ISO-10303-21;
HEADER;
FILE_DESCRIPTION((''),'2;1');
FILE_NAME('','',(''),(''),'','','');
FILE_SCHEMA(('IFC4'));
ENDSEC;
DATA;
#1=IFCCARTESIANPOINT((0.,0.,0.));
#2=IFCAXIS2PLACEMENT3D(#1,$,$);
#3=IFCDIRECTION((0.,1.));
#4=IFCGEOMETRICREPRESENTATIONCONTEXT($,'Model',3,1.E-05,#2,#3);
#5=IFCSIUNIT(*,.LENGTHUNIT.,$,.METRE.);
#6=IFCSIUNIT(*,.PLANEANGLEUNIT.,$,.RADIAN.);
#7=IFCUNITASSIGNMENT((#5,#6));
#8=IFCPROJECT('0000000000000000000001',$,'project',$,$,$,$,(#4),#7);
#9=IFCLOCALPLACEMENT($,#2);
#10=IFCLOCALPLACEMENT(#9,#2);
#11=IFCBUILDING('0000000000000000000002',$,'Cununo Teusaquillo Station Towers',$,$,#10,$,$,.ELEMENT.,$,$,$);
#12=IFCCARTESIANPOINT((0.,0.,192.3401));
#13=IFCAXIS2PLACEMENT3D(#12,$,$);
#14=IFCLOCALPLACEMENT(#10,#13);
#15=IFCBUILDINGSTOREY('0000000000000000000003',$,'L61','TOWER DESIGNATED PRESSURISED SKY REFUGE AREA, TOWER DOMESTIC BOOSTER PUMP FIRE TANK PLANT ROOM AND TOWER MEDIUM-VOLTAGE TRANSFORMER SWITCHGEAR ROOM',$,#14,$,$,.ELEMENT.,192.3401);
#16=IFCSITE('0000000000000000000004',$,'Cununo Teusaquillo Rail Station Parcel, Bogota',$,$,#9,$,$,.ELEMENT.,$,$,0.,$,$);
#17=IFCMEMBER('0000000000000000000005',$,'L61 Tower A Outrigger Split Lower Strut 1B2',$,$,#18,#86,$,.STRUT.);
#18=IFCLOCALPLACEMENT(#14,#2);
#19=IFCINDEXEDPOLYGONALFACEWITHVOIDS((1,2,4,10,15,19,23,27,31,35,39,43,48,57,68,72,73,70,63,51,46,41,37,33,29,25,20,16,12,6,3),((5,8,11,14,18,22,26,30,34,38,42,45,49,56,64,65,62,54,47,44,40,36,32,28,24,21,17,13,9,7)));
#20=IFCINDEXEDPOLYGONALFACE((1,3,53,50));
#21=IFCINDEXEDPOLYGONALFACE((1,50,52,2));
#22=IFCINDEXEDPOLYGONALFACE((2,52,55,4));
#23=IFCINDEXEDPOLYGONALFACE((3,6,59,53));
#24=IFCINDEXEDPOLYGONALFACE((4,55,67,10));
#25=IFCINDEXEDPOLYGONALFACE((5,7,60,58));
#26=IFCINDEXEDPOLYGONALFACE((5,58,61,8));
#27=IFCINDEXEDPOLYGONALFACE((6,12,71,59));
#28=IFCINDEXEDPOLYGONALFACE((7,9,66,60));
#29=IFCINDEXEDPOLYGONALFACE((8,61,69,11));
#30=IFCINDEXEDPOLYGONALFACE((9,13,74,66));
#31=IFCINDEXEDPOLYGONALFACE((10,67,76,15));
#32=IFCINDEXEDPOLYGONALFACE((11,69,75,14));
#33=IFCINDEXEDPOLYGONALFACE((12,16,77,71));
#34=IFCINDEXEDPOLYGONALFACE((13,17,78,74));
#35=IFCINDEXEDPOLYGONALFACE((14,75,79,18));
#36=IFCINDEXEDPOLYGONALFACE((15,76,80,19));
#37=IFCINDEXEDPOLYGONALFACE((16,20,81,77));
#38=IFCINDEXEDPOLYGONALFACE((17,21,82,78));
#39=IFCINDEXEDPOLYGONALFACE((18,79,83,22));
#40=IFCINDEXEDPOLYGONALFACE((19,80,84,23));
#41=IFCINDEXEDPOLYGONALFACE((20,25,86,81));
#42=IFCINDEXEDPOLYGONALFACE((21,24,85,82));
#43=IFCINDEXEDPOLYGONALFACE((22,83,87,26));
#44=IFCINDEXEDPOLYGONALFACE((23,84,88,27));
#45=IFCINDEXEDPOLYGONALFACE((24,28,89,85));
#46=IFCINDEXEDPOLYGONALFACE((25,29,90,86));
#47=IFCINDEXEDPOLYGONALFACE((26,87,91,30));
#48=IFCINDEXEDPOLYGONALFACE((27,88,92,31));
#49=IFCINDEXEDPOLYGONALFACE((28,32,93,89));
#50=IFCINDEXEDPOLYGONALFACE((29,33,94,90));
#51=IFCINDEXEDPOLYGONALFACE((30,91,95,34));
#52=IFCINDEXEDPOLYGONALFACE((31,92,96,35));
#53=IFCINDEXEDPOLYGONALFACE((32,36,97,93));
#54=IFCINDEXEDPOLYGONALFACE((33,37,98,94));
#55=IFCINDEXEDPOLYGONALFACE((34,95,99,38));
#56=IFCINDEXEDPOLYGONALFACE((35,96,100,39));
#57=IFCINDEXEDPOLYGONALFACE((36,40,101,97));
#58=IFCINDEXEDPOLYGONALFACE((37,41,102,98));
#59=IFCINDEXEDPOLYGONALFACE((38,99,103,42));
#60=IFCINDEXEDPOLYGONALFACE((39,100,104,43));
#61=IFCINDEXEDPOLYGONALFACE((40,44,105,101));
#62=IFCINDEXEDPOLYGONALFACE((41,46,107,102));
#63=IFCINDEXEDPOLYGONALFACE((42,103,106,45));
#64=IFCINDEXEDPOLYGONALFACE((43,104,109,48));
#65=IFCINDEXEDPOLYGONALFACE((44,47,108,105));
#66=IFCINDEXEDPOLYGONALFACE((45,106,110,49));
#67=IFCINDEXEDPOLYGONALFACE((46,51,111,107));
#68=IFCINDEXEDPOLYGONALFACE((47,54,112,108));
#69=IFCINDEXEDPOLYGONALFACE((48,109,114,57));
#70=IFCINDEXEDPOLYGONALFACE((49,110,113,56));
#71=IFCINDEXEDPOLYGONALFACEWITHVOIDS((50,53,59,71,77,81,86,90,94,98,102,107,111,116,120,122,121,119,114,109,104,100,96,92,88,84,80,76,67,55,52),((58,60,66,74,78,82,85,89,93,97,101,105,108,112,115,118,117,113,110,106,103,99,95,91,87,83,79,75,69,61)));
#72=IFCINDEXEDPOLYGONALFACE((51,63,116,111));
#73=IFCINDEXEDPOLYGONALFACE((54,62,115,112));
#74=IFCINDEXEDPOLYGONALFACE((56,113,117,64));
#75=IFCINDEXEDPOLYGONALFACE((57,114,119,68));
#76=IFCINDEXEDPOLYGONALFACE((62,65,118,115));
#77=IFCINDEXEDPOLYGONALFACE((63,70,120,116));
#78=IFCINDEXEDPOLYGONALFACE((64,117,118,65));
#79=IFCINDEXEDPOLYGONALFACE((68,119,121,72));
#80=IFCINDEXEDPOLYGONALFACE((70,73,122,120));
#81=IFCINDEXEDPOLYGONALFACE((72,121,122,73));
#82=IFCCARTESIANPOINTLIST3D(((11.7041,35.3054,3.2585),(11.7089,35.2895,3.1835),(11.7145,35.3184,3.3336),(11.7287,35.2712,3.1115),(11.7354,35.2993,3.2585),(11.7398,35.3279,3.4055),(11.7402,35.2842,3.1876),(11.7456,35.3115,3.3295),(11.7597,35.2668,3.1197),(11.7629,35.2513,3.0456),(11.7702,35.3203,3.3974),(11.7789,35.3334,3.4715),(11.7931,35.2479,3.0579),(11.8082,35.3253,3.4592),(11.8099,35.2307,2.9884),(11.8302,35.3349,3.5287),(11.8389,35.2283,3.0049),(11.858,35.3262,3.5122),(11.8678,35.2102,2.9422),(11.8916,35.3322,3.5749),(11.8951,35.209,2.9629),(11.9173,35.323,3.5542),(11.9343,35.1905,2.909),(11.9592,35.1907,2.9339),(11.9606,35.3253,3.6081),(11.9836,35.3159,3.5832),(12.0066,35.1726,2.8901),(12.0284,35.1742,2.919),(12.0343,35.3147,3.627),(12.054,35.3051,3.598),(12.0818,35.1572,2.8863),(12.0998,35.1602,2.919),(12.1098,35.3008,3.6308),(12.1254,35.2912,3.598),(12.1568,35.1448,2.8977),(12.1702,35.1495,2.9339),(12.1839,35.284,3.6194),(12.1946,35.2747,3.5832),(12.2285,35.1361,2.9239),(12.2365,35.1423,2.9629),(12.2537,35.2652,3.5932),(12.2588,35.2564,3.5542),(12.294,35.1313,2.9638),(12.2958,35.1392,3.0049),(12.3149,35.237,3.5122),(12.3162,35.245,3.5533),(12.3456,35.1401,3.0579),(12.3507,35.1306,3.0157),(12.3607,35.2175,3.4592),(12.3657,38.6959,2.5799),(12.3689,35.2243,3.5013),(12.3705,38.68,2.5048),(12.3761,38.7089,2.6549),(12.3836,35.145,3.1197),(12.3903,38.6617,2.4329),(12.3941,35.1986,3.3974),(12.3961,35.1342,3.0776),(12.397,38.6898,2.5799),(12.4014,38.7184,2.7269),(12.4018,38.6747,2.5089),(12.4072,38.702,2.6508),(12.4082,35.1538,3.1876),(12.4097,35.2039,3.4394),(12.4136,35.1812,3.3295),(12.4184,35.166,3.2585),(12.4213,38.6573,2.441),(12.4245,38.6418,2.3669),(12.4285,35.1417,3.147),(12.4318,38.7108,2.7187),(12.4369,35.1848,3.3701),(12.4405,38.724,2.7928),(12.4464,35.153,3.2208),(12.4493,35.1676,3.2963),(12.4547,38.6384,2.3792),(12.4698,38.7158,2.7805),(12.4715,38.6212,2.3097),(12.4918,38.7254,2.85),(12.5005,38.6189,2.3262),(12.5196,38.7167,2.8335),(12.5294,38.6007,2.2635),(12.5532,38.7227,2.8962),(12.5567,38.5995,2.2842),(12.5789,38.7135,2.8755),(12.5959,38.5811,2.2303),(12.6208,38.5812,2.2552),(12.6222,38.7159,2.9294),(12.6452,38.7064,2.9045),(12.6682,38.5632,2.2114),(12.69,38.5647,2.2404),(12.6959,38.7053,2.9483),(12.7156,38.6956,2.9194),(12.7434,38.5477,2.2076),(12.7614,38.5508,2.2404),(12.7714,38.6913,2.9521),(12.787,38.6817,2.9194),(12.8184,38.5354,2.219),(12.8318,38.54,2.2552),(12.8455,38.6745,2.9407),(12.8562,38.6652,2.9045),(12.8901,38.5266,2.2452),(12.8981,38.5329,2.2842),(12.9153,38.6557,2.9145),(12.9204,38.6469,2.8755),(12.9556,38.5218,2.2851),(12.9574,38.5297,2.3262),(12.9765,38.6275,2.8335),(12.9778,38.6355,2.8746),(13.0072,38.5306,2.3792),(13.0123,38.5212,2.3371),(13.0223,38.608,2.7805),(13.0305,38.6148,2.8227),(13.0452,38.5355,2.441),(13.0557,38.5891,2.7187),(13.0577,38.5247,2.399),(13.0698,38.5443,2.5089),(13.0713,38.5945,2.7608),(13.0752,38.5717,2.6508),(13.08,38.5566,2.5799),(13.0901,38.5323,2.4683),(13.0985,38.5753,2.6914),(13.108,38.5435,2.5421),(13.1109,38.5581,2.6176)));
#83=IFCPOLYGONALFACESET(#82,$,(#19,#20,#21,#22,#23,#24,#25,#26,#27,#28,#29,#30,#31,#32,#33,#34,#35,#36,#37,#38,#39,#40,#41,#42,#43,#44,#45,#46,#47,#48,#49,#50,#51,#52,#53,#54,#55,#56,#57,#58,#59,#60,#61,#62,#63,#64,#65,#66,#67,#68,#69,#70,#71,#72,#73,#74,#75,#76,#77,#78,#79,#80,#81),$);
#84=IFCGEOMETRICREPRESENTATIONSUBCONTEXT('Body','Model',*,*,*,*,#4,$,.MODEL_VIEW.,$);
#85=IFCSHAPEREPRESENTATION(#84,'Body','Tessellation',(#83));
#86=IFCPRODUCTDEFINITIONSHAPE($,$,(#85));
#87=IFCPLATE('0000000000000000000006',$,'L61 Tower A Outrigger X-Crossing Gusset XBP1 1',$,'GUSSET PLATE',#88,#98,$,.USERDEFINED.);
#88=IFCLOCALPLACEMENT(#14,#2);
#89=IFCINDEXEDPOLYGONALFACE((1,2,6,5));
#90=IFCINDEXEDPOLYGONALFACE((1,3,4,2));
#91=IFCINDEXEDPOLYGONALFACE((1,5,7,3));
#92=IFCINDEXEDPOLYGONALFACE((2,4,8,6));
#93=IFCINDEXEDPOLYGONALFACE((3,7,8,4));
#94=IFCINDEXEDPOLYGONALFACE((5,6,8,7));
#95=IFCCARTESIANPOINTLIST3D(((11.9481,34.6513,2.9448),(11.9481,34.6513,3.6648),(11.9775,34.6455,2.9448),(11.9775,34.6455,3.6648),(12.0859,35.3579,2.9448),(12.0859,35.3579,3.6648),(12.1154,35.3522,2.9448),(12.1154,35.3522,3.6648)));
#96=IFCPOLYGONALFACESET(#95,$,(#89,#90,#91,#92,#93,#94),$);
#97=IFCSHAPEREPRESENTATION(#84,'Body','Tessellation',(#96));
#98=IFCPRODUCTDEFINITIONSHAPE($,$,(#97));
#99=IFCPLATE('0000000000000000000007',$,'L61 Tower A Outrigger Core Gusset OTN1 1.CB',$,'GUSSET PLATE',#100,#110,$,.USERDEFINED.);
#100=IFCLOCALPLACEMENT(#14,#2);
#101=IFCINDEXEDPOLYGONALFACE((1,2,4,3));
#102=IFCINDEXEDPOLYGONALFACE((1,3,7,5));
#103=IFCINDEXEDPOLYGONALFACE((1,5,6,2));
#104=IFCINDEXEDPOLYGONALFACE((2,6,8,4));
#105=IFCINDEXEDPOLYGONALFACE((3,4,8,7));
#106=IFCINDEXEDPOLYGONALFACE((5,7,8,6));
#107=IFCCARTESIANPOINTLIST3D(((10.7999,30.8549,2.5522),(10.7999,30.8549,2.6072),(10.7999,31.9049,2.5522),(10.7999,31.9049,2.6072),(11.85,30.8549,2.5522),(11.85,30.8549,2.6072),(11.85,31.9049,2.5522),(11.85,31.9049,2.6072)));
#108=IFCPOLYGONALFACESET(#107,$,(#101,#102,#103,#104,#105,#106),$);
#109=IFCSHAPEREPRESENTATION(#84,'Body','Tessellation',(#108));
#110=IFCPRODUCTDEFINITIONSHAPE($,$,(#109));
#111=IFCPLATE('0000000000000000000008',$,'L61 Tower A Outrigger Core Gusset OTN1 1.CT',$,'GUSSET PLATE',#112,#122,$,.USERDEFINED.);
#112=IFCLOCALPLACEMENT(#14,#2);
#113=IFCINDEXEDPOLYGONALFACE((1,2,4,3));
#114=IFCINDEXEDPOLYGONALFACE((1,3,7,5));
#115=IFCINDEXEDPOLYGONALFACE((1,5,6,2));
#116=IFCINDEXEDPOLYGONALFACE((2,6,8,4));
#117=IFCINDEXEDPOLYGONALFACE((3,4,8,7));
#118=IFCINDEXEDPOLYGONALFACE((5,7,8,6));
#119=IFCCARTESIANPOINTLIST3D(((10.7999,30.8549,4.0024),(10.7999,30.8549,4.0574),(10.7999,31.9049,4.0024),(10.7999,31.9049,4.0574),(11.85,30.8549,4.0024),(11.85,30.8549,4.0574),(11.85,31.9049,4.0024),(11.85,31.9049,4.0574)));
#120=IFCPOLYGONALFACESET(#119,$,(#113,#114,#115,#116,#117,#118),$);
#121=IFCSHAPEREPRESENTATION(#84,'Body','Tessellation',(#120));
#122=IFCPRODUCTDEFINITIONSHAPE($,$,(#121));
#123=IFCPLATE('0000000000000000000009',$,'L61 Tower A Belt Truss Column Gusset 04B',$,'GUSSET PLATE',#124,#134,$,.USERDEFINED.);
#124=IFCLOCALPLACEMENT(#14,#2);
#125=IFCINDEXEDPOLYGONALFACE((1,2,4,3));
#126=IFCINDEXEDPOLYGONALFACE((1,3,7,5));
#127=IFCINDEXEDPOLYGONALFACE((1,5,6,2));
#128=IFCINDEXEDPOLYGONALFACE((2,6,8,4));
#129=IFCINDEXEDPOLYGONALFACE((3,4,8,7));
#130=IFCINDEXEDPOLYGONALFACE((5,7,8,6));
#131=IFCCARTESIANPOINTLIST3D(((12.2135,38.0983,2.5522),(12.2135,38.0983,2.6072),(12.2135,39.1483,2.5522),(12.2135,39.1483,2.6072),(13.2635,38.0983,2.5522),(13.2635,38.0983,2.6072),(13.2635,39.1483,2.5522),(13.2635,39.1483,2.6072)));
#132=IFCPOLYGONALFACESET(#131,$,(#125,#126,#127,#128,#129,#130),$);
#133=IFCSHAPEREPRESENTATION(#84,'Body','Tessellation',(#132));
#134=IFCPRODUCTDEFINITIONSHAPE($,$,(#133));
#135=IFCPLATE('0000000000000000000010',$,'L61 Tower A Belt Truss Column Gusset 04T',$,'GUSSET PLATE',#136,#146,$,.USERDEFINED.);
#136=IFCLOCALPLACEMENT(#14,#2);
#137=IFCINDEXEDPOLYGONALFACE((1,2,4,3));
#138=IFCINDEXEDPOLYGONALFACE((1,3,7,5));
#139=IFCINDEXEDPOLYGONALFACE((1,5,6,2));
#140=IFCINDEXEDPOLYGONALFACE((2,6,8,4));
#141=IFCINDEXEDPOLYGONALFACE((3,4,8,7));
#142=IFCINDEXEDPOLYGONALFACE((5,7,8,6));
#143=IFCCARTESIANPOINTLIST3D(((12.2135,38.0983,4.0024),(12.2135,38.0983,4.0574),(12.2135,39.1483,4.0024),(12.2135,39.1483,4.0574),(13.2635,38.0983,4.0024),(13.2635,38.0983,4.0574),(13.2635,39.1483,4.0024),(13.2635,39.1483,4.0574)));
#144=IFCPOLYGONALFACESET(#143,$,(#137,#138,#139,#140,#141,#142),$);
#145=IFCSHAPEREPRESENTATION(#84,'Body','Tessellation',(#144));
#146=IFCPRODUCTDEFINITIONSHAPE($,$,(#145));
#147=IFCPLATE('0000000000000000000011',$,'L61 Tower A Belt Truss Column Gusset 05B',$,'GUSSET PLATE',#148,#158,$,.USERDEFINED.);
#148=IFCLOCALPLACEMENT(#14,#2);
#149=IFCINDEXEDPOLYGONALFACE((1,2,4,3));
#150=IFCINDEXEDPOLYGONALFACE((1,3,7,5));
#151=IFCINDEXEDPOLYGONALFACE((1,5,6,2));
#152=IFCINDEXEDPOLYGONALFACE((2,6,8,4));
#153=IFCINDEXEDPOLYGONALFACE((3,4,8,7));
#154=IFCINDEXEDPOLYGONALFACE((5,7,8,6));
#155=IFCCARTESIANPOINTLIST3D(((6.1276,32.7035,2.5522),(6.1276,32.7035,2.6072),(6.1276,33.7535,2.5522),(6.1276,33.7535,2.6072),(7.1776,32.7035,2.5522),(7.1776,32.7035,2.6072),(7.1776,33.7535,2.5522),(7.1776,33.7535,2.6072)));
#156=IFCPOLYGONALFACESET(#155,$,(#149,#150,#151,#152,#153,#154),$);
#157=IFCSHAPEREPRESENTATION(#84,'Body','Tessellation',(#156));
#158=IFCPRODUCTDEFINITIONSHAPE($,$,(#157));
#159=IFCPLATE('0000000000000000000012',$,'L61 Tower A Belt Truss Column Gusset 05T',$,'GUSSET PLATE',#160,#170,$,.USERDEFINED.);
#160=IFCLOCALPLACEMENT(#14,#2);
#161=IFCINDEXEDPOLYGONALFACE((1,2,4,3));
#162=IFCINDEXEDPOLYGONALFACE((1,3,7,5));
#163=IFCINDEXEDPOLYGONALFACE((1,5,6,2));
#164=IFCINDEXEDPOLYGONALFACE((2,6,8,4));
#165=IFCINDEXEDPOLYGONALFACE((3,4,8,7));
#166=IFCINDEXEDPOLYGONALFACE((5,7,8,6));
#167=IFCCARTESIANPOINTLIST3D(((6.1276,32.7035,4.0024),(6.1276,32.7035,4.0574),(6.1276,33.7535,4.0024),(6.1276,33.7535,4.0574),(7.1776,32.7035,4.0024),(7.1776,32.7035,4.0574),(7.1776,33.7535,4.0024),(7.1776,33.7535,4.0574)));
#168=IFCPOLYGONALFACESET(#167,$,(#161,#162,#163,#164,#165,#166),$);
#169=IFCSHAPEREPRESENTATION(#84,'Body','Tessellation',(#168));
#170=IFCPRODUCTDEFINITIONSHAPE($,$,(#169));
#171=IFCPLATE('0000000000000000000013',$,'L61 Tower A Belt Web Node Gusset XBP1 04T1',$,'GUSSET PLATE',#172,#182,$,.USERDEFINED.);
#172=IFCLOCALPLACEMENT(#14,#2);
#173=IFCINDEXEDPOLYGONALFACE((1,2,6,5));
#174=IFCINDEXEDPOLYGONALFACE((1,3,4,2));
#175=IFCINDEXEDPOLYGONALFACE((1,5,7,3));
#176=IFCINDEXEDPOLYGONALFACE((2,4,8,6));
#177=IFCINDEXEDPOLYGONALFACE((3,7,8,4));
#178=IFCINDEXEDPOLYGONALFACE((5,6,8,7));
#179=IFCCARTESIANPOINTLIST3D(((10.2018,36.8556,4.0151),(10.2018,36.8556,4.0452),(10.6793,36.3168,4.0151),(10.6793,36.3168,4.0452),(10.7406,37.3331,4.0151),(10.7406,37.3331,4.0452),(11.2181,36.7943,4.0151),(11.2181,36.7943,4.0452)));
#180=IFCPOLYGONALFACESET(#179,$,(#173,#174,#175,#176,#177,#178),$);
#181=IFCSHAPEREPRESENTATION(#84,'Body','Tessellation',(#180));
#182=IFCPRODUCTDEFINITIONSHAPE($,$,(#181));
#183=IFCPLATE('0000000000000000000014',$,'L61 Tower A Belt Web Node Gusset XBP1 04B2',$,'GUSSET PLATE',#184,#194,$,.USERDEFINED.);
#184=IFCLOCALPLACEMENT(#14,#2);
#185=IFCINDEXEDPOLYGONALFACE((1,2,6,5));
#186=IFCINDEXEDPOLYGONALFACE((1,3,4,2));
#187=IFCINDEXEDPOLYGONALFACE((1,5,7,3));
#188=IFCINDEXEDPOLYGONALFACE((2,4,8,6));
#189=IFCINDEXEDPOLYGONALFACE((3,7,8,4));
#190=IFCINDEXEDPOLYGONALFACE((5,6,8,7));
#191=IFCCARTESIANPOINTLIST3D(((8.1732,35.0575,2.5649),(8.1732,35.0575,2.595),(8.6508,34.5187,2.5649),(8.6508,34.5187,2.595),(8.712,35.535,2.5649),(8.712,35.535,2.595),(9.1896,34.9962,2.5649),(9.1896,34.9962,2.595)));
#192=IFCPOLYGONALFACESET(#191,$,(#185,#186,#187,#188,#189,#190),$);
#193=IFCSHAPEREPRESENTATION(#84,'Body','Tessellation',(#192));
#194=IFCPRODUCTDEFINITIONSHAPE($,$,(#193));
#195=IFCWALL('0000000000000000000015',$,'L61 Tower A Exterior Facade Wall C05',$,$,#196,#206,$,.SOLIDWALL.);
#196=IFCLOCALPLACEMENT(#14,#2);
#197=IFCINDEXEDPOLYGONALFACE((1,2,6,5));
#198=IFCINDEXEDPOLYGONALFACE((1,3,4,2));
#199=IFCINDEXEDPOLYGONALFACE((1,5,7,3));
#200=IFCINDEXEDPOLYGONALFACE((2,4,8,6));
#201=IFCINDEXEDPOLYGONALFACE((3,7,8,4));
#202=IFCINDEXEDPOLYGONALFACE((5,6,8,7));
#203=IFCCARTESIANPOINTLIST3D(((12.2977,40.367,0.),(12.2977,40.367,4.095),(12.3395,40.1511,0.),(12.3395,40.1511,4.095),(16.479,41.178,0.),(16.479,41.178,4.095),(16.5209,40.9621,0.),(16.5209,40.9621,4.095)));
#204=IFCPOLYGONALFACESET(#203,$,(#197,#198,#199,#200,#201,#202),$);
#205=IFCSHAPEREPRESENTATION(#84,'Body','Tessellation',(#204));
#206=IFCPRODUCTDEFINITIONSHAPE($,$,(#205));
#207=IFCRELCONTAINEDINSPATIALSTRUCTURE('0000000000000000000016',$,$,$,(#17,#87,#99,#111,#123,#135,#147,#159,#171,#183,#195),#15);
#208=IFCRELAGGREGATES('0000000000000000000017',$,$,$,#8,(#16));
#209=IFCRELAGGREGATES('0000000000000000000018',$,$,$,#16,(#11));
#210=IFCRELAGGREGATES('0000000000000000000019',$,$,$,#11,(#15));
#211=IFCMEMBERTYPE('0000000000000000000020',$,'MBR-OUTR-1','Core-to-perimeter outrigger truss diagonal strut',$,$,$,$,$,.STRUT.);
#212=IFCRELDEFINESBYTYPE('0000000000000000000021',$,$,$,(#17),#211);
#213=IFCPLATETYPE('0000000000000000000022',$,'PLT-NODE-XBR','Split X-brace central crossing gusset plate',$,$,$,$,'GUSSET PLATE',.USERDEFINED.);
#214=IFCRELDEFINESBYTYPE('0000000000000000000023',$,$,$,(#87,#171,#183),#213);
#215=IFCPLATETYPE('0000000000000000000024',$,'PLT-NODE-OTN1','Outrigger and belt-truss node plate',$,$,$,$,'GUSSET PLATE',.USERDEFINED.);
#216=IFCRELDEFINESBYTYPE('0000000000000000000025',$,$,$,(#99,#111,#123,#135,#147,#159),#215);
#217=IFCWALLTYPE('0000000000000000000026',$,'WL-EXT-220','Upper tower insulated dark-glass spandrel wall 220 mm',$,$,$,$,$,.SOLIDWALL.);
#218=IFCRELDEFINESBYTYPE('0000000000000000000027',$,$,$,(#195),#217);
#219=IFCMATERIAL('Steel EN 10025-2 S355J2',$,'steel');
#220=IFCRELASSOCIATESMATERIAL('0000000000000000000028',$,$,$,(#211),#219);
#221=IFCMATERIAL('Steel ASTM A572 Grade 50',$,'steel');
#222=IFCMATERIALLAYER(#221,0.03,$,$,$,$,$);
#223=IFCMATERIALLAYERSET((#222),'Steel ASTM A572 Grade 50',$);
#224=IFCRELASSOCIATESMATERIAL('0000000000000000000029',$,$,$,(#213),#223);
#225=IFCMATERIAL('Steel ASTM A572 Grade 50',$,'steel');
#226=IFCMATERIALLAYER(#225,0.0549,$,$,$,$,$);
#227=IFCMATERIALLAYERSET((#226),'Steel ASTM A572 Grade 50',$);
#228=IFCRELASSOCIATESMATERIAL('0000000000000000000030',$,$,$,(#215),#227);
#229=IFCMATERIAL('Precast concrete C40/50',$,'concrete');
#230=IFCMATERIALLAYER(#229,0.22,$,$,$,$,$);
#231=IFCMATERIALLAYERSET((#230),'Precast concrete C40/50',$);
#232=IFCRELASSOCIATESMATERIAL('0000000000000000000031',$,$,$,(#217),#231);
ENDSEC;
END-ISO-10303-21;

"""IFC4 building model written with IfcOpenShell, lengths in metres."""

from ifc_helpers import new_model, si_unit, direction, frame, frame_2d, origin, origin_2d, place, context, subcontext, project, spatial, rectangle, hollow_circle, extrude, source, transform, mapped, material, layer, layer_set, material_profile, profile_set, type_object, element, save


model = new_model("IFC4")

# Units and contexts
model_context = context("Model", 3, precision=1e-05, world=origin(), true_north=direction((0.0, 1.0)))
body_context = subcontext(model_context, "Body", "Model", "MODEL_VIEW")
ifc_project = project(units=[si_unit("LENGTHUNIT", "METRE"), si_unit("PLANEANGLEUNIT", "RADIAN")], contexts=[model_context])

# Site, building, storey
site_placement = place(None, origin())
site = spatial("IfcSite", under=ifc_project, at=site_placement, Name="Cununo Teusaquillo Rail Station Parcel, Bogota", CompositionType="ELEMENT", RefElevation=0.0)
building_placement = place(site_placement, origin())
building = spatial("IfcBuilding", under=site, at=building_placement, Name="Cununo Teusaquillo Station Towers", CompositionType="ELEMENT")
storey_placement = place(building_placement, frame((0.0, 0.0, 192.3401)))
storey = spatial("IfcBuildingStorey", under=building, at=storey_placement, Name="L61", Description="TOWER DESIGNATED PRESSURISED SKY REFUGE AREA, TOWER DOMESTIC BOOSTER PUMP FIRE TANK PLANT ROOM AND TOWER MEDIUM-VOLTAGE TRANSFORMER SWITCHGEAR ROOM", CompositionType="ELEMENT", Elevation=192.3401)

# Member
ifc_material_1 = material(Name="Steel EN 10025-2 S355J2", Category="steel")
ifc_material_profile_1 = material_profile(ifc_material_1, hollow_circle(Radius=0.3799, WallThickness=0.032, at=origin_2d()), Name="CHS 760x32")
ifc_profile_set_1 = profile_set([ifc_material_profile_1], Name="Steel EN 10025-2 S355J2")
member_type_1 = type_object("IfcMemberType", Name="MBR-OUTR-1", Description="Core-to-perimeter outrigger truss diagonal strut", PredefinedType="STRUT", material=ifc_profile_set_1)
member_1_placement = place(storey_placement, frame((12.0769, 35.2327, 3.2585), z_axis=(0.187928, 0.963078, -0.192782), x_axis=(-0.981489, 0.19152, 0.0)))
element("IfcMember", 1, at=member_1_placement, inside=storey, type_object=member_type_1, Name="L61 Tower A Outrigger Split Lower Strut 1B2", PredefinedType="STRUT", context=body_context, shape_type="SweptSolid", body=[
    extrude(hollow_circle(Radius=0.3799, WallThickness=0.032, at=origin_2d()), origin(), (0.0, 0.0, 1.0), 3.5205),
])

# Plates
ifc_material_2 = material(Name="Steel ASTM A572 Grade 50", Category="steel")
ifc_layer_1 = layer(ifc_material_2, 0.03)
ifc_layer_set_1 = layer_set([ifc_layer_1], Name="Steel ASTM A572 Grade 50")
plate_type_1 = type_object("IfcPlateType", Name="PLT-NODE-XBR", Description="Split X-brace central crossing gusset plate", ElementType="GUSSET PLATE", PredefinedType="USERDEFINED", material=ifc_layer_set_1)
shared_shape_1 = source(origin(), body_context, "Body", "SweptSolid", [
    extrude(rectangle(XDim=0.72, YDim=0.03, at=origin_2d()), origin(), (0.0, 0.0, 1.0), 0.72),
])
plate_placement = place(storey_placement, frame((12.0317, 35.0017, 2.9448), z_axis=(0.0, 0.0, 1.0), x_axis=(0.191494, 0.981494, 0.0)))
element("IfcPlate", 2, at=plate_placement, inside=storey, type_object=plate_type_1, Name="L61 Tower A Outrigger X-Crossing Gusset XBP1 1", ObjectType="GUSSET PLATE", PredefinedType="USERDEFINED", context=body_context, shape_type="MappedRepresentation", body=[
    mapped(shared_shape_1, transform((0.0, 0.0, 0.0), x_axis=(1.0, 0.0, 0.0), y_axis=(0.0, 1.0, 0.0), z_axis=(0.0, 0.0, 1.0), scale=1.0)),
])
ifc_material_3 = material(Name="Steel ASTM A572 Grade 50", Category="steel")
ifc_layer_2 = layer(ifc_material_3, 0.0549)
ifc_layer_set_2 = layer_set([ifc_layer_2], Name="Steel ASTM A572 Grade 50")
plate_type_2 = type_object("IfcPlateType", Name="PLT-NODE-OTN1", Description="Outrigger and belt-truss node plate", ElementType="GUSSET PLATE", PredefinedType="USERDEFINED", material=ifc_layer_set_2)
shared_shape_2 = source(origin(), body_context, "Body", "SweptSolid", [
    extrude(rectangle(XDim=1.05, YDim=1.05, at=origin_2d()), origin(), (0.0, 0.0, 1.0), 0.0549),
])
for number, where, z_axis, x_axis, name in (
    (3, (11.325, 31.3799, 2.5522), (0.0, 0.0, 1.0), (1.0, 0.0, 0.0), "L61 Tower A Outrigger Core Gusset OTN1 1.CB"),
    (4, (11.325, 31.3799, 4.0024), (0.0, 0.0, 1.0), (1.0, 0.0, 0.0), "L61 Tower A Outrigger Core Gusset OTN1 1.CT"),
    (5, (12.7385, 38.6233, 2.5522), (0.0, 0.0, 1.0), (1.0, 0.0, 0.0), "L61 Tower A Belt Truss Column Gusset 04B"),
    (6, (12.7385, 38.6233, 4.0024), (0.0, 0.0, 1.0), (1.0, 0.0, 0.0), "L61 Tower A Belt Truss Column Gusset 04T"),
    (7, (6.6526, 33.2285, 2.5522), (0.0, 0.0, 1.0), (1.0, 0.0, 0.0), "L61 Tower A Belt Truss Column Gusset 05B"),
    (8, (6.6526, 33.2285, 4.0024), (0.0, 0.0, 1.0), (1.0, 0.0, 0.0), "L61 Tower A Belt Truss Column Gusset 05T"),
):
    element("IfcPlate", number, at=place(storey_placement, frame(where, z_axis=z_axis, x_axis=x_axis)), inside=storey, type_object=plate_type_2, Name=name, ObjectType="GUSSET PLATE", PredefinedType="USERDEFINED", context=body_context, shape_type="MappedRepresentation", body=[
        mapped(shared_shape_2, transform((0.0, 0.0, 0.0), x_axis=(1.0, 0.0, 0.0), y_axis=(0.0, 1.0, 0.0), z_axis=(0.0, 0.0, 1.0), scale=1.0)),
    ])
shared_shape_3 = source(origin(), body_context, "Body", "SweptSolid", [
    extrude(rectangle(XDim=0.72, YDim=0.72, at=origin_2d()), origin(), (0.0, 0.0, 1.0), 0.03),
])
for number, where, z_axis, x_axis, name in (
    (9, (10.71, 36.825, 4.0151), (0.0, 0.0, 1.0), (-0.748377, -0.663273, 0.0), "L61 Tower A Belt Web Node Gusset XBP1 04T1"),
    (10, (8.6814, 35.0269, 2.5649), (0.0, 0.0, 1.0), (-0.748377, -0.663273, 0.0), "L61 Tower A Belt Web Node Gusset XBP1 04B2"),
):
    element("IfcPlate", number, at=place(storey_placement, frame(where, z_axis=z_axis, x_axis=x_axis)), inside=storey, type_object=plate_type_1, Name=name, ObjectType="GUSSET PLATE", PredefinedType="USERDEFINED", context=body_context, shape_type="MappedRepresentation", body=[
        mapped(shared_shape_3, transform((0.0, 0.0, 0.0), x_axis=(1.0, 0.0, 0.0), y_axis=(0.0, 1.0, 0.0), z_axis=(0.0, 0.0, 1.0), scale=1.0)),
    ])

# Wall
ifc_material_4 = material(Name="Precast concrete C40/50", Category="concrete")
ifc_layer_3 = layer(ifc_material_4, 0.22)
ifc_layer_set_3 = layer_set([ifc_layer_3], Name="Precast concrete C40/50")
wall_type = type_object("IfcWallType", Name="WL-EXT-220", Description="Upper tower insulated dark-glass spandrel wall 220 mm", PredefinedType="SOLIDWALL", material=ifc_layer_set_3)
wall_1_placement = place(storey_placement, frame((12.3186, 40.259, 0.0), z_axis=(0.0, 0.0, 1.0), x_axis=(0.981704, 0.190414, 0.0)))
element("IfcWall", 11, at=wall_1_placement, inside=storey, type_object=wall_type, Name="L61 Tower A Exterior Facade Wall C05", PredefinedType="SOLIDWALL", context=body_context, shape_type="SweptSolid", body=[
    extrude(rectangle(XDim=4.2593, YDim=0.22, at=frame_2d((2.1296, 0.0))), origin(), (0.0, 0.0, 1.0), 4.095),
])

save(model, "model.ifc")
